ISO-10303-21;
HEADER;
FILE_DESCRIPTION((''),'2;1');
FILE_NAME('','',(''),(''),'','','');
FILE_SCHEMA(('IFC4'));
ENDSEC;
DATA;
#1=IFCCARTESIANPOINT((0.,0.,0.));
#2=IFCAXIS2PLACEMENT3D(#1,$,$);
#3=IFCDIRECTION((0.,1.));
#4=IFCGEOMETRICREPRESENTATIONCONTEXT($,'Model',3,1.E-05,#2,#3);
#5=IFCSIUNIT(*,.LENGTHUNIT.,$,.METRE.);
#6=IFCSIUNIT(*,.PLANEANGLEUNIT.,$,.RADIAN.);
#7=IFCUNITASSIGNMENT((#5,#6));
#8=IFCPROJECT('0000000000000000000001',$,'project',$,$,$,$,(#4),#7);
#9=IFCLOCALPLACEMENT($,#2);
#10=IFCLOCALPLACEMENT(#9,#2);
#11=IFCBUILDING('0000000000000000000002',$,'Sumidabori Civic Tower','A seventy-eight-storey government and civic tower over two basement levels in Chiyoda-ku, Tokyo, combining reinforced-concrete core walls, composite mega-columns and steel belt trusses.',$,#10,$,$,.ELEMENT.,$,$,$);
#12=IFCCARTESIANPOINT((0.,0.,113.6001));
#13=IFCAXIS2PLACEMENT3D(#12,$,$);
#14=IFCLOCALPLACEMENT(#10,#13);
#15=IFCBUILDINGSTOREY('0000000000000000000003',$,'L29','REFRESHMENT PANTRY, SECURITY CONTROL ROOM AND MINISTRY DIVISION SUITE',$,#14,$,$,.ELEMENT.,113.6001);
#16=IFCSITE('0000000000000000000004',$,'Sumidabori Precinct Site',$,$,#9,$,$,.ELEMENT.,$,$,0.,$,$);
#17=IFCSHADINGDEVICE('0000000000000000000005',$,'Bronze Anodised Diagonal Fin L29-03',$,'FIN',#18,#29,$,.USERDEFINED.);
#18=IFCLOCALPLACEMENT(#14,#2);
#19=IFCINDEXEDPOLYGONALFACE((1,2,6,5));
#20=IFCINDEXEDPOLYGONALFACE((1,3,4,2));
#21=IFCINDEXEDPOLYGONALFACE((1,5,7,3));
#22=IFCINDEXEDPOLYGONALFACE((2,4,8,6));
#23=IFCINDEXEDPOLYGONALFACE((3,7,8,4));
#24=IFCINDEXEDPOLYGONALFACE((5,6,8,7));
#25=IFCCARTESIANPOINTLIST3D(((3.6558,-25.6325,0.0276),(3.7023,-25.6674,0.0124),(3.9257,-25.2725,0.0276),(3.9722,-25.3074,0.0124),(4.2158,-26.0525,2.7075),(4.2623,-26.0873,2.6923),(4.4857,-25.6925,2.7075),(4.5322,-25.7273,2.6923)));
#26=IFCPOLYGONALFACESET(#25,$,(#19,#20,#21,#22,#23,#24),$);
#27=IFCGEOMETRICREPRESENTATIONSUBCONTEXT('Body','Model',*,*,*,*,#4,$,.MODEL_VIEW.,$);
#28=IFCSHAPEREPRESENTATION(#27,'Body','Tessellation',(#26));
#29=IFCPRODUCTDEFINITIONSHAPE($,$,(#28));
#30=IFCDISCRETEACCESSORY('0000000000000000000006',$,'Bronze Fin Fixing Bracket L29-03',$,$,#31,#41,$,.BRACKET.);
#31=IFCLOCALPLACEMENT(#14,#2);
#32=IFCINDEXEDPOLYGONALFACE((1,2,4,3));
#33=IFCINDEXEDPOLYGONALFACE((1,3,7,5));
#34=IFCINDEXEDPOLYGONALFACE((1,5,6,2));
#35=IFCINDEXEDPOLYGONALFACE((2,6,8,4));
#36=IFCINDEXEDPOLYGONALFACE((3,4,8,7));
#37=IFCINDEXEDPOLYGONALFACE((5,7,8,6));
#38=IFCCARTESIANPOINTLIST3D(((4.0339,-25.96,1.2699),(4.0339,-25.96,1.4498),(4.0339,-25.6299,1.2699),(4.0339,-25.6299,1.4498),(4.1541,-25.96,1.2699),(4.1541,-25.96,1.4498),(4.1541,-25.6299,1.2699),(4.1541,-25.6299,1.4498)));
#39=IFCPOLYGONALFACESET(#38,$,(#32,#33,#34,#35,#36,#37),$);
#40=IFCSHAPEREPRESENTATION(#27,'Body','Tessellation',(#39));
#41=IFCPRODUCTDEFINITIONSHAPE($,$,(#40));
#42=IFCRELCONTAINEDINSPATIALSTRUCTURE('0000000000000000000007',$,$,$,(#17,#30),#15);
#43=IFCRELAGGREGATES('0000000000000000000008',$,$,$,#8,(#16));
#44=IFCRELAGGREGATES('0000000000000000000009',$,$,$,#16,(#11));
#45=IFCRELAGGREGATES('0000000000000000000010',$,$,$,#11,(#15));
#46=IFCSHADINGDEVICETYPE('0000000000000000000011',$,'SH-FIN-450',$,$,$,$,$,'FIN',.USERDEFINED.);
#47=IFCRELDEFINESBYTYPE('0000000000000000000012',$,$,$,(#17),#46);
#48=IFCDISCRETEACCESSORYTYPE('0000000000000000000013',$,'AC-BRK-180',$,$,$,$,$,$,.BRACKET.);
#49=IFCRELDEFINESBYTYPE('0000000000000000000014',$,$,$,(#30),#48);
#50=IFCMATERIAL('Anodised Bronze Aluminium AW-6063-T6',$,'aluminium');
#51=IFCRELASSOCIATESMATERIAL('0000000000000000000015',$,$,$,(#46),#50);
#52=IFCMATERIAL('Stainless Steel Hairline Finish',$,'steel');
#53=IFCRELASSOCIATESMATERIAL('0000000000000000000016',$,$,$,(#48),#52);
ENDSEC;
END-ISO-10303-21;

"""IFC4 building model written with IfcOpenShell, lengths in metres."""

from ifc_helpers import new_model, si_unit, direction, frame, origin, origin_2d, place, context, subcontext, project, spatial, rectangle, extrude, source, transform, mapped, material, material_profile, profile_set, type_object, element, save


model = new_model("IFC4")

# Units and contexts
model_context = context("Model", 3, precision=1e-05, world=origin(), true_north=direction((0.0, 1.0)))
body_context = subcontext(model_context, "Body", "Model", "MODEL_VIEW")
ifc_project = project(units=[si_unit("LENGTHUNIT", "METRE"), si_unit("PLANEANGLEUNIT", "RADIAN")], contexts=[model_context])

# Site, building, storey
site_placement = place(None, origin())
site = spatial("IfcSite", under=ifc_project, at=site_placement, Name="Sumidabori Precinct Site", CompositionType="ELEMENT", RefElevation=0.0)
building_placement = place(site_placement, origin())
building = spatial("IfcBuilding", under=site, at=building_placement, Name="Sumidabori Civic Tower", Description="A seventy-eight-storey government and civic tower over two basement levels in Chiyoda-ku, Tokyo, combining reinforced-concrete core walls, composite mega-columns and steel belt trusses.", CompositionType="ELEMENT")
storey_placement = place(building_placement, frame((0.0, 0.0, 113.6001)))
storey = spatial("IfcBuildingStorey", under=building, at=storey_placement, Name="L29", Description="REFRESHMENT PANTRY, SECURITY CONTROL ROOM AND MINISTRY DIVISION SUITE", CompositionType="ELEMENT", Elevation=113.6001)

# Shared definitions
ifc_material_1 = material(Name="Anodised Bronze Aluminium AW-6063-T6", Category="aluminium")

# Shading device
ifc_material_profile_1 = material_profile(ifc_material_1, rectangle(XDim=0.0601, YDim=0.45, at=origin_2d()), Name="BRONZE FIN 450x60")
ifc_profile_set_1 = profile_set([ifc_material_profile_1], Name="Anodised Bronze Aluminium AW-6063-T6")
shading_device_type = type_object("IfcShadingDeviceType", Name="SH-FIN-450", ElementType="FIN", PredefinedType="USERDEFINED", material=ifc_profile_set_1)
shared_shape_1 = source(origin(), body_context, "Body", "SweptSolid", [
    extrude(rectangle(XDim=0.0601, YDim=0.45, at=origin_2d()), origin(), (0.0, 0.0, 1.0), 2.7698),
])
shading_device_placement = place(storey_placement, frame((3.814, -25.47, 0.02), z_axis=(0.202199, -0.151605, 0.967539), x_axis=(0.774112, -0.580415, -0.252722)))
element("IfcShadingDevice", 1, at=shading_device_placement, inside=storey, type_object=shading_device_type, Name="Bronze Anodised Diagonal Fin L29-03", ObjectType="FIN", PredefinedType="USERDEFINED", context=body_context, shape_type="MappedRepresentation", body=[
    mapped(shared_shape_1, transform((0.0, 0.0, 0.0), x_axis=(1.0, 0.0, 0.0), y_axis=(0.0, 1.0, 0.0), z_axis=(0.0, 0.0, 1.0), scale=1.0)),
])

# Discrete accessory
ifc_material_2 = material(Name="Stainless Steel Hairline Finish", Category="steel")
ifc_material_profile_2 = material_profile(ifc_material_2, rectangle(XDim=0.1201, YDim=0.1799, at=origin_2d()), Name="STEEL BRACKET 180x120")
ifc_profile_set_2 = profile_set([ifc_material_profile_2], Name="Stainless Steel Hairline Finish")
discrete_accessory_type = type_object("IfcDiscreteAccessoryType", Name="AC-BRK-180", PredefinedType="BRACKET", material=ifc_profile_set_2)
shared_shape_2 = source(origin(), body_context, "Body", "SweptSolid", [
    extrude(rectangle(XDim=0.1201, YDim=0.1799, at=origin_2d()), origin(), (0.0, 0.0, 1.0), 0.3301),
])
discrete_accessory_placement = place(storey_placement, frame((4.094, -25.6299, 1.3599), z_axis=(0.0, -1.0, 0.0), x_axis=(1.0, 0.0, 0.0)))
element("IfcDiscreteAccessory", 2, at=discrete_accessory_placement, inside=storey, type_object=discrete_accessory_type, Name="Bronze Fin Fixing Bracket L29-03", PredefinedType="BRACKET", context=body_context, shape_type="MappedRepresentation", body=[
    mapped(shared_shape_2, transform((0.0, 0.0, 0.0), x_axis=(1.0, 0.0, 0.0), y_axis=(0.0, 1.0, 0.0), z_axis=(0.0, 0.0, 1.0), scale=1.0)),
])

save(model, "model.ifc")
